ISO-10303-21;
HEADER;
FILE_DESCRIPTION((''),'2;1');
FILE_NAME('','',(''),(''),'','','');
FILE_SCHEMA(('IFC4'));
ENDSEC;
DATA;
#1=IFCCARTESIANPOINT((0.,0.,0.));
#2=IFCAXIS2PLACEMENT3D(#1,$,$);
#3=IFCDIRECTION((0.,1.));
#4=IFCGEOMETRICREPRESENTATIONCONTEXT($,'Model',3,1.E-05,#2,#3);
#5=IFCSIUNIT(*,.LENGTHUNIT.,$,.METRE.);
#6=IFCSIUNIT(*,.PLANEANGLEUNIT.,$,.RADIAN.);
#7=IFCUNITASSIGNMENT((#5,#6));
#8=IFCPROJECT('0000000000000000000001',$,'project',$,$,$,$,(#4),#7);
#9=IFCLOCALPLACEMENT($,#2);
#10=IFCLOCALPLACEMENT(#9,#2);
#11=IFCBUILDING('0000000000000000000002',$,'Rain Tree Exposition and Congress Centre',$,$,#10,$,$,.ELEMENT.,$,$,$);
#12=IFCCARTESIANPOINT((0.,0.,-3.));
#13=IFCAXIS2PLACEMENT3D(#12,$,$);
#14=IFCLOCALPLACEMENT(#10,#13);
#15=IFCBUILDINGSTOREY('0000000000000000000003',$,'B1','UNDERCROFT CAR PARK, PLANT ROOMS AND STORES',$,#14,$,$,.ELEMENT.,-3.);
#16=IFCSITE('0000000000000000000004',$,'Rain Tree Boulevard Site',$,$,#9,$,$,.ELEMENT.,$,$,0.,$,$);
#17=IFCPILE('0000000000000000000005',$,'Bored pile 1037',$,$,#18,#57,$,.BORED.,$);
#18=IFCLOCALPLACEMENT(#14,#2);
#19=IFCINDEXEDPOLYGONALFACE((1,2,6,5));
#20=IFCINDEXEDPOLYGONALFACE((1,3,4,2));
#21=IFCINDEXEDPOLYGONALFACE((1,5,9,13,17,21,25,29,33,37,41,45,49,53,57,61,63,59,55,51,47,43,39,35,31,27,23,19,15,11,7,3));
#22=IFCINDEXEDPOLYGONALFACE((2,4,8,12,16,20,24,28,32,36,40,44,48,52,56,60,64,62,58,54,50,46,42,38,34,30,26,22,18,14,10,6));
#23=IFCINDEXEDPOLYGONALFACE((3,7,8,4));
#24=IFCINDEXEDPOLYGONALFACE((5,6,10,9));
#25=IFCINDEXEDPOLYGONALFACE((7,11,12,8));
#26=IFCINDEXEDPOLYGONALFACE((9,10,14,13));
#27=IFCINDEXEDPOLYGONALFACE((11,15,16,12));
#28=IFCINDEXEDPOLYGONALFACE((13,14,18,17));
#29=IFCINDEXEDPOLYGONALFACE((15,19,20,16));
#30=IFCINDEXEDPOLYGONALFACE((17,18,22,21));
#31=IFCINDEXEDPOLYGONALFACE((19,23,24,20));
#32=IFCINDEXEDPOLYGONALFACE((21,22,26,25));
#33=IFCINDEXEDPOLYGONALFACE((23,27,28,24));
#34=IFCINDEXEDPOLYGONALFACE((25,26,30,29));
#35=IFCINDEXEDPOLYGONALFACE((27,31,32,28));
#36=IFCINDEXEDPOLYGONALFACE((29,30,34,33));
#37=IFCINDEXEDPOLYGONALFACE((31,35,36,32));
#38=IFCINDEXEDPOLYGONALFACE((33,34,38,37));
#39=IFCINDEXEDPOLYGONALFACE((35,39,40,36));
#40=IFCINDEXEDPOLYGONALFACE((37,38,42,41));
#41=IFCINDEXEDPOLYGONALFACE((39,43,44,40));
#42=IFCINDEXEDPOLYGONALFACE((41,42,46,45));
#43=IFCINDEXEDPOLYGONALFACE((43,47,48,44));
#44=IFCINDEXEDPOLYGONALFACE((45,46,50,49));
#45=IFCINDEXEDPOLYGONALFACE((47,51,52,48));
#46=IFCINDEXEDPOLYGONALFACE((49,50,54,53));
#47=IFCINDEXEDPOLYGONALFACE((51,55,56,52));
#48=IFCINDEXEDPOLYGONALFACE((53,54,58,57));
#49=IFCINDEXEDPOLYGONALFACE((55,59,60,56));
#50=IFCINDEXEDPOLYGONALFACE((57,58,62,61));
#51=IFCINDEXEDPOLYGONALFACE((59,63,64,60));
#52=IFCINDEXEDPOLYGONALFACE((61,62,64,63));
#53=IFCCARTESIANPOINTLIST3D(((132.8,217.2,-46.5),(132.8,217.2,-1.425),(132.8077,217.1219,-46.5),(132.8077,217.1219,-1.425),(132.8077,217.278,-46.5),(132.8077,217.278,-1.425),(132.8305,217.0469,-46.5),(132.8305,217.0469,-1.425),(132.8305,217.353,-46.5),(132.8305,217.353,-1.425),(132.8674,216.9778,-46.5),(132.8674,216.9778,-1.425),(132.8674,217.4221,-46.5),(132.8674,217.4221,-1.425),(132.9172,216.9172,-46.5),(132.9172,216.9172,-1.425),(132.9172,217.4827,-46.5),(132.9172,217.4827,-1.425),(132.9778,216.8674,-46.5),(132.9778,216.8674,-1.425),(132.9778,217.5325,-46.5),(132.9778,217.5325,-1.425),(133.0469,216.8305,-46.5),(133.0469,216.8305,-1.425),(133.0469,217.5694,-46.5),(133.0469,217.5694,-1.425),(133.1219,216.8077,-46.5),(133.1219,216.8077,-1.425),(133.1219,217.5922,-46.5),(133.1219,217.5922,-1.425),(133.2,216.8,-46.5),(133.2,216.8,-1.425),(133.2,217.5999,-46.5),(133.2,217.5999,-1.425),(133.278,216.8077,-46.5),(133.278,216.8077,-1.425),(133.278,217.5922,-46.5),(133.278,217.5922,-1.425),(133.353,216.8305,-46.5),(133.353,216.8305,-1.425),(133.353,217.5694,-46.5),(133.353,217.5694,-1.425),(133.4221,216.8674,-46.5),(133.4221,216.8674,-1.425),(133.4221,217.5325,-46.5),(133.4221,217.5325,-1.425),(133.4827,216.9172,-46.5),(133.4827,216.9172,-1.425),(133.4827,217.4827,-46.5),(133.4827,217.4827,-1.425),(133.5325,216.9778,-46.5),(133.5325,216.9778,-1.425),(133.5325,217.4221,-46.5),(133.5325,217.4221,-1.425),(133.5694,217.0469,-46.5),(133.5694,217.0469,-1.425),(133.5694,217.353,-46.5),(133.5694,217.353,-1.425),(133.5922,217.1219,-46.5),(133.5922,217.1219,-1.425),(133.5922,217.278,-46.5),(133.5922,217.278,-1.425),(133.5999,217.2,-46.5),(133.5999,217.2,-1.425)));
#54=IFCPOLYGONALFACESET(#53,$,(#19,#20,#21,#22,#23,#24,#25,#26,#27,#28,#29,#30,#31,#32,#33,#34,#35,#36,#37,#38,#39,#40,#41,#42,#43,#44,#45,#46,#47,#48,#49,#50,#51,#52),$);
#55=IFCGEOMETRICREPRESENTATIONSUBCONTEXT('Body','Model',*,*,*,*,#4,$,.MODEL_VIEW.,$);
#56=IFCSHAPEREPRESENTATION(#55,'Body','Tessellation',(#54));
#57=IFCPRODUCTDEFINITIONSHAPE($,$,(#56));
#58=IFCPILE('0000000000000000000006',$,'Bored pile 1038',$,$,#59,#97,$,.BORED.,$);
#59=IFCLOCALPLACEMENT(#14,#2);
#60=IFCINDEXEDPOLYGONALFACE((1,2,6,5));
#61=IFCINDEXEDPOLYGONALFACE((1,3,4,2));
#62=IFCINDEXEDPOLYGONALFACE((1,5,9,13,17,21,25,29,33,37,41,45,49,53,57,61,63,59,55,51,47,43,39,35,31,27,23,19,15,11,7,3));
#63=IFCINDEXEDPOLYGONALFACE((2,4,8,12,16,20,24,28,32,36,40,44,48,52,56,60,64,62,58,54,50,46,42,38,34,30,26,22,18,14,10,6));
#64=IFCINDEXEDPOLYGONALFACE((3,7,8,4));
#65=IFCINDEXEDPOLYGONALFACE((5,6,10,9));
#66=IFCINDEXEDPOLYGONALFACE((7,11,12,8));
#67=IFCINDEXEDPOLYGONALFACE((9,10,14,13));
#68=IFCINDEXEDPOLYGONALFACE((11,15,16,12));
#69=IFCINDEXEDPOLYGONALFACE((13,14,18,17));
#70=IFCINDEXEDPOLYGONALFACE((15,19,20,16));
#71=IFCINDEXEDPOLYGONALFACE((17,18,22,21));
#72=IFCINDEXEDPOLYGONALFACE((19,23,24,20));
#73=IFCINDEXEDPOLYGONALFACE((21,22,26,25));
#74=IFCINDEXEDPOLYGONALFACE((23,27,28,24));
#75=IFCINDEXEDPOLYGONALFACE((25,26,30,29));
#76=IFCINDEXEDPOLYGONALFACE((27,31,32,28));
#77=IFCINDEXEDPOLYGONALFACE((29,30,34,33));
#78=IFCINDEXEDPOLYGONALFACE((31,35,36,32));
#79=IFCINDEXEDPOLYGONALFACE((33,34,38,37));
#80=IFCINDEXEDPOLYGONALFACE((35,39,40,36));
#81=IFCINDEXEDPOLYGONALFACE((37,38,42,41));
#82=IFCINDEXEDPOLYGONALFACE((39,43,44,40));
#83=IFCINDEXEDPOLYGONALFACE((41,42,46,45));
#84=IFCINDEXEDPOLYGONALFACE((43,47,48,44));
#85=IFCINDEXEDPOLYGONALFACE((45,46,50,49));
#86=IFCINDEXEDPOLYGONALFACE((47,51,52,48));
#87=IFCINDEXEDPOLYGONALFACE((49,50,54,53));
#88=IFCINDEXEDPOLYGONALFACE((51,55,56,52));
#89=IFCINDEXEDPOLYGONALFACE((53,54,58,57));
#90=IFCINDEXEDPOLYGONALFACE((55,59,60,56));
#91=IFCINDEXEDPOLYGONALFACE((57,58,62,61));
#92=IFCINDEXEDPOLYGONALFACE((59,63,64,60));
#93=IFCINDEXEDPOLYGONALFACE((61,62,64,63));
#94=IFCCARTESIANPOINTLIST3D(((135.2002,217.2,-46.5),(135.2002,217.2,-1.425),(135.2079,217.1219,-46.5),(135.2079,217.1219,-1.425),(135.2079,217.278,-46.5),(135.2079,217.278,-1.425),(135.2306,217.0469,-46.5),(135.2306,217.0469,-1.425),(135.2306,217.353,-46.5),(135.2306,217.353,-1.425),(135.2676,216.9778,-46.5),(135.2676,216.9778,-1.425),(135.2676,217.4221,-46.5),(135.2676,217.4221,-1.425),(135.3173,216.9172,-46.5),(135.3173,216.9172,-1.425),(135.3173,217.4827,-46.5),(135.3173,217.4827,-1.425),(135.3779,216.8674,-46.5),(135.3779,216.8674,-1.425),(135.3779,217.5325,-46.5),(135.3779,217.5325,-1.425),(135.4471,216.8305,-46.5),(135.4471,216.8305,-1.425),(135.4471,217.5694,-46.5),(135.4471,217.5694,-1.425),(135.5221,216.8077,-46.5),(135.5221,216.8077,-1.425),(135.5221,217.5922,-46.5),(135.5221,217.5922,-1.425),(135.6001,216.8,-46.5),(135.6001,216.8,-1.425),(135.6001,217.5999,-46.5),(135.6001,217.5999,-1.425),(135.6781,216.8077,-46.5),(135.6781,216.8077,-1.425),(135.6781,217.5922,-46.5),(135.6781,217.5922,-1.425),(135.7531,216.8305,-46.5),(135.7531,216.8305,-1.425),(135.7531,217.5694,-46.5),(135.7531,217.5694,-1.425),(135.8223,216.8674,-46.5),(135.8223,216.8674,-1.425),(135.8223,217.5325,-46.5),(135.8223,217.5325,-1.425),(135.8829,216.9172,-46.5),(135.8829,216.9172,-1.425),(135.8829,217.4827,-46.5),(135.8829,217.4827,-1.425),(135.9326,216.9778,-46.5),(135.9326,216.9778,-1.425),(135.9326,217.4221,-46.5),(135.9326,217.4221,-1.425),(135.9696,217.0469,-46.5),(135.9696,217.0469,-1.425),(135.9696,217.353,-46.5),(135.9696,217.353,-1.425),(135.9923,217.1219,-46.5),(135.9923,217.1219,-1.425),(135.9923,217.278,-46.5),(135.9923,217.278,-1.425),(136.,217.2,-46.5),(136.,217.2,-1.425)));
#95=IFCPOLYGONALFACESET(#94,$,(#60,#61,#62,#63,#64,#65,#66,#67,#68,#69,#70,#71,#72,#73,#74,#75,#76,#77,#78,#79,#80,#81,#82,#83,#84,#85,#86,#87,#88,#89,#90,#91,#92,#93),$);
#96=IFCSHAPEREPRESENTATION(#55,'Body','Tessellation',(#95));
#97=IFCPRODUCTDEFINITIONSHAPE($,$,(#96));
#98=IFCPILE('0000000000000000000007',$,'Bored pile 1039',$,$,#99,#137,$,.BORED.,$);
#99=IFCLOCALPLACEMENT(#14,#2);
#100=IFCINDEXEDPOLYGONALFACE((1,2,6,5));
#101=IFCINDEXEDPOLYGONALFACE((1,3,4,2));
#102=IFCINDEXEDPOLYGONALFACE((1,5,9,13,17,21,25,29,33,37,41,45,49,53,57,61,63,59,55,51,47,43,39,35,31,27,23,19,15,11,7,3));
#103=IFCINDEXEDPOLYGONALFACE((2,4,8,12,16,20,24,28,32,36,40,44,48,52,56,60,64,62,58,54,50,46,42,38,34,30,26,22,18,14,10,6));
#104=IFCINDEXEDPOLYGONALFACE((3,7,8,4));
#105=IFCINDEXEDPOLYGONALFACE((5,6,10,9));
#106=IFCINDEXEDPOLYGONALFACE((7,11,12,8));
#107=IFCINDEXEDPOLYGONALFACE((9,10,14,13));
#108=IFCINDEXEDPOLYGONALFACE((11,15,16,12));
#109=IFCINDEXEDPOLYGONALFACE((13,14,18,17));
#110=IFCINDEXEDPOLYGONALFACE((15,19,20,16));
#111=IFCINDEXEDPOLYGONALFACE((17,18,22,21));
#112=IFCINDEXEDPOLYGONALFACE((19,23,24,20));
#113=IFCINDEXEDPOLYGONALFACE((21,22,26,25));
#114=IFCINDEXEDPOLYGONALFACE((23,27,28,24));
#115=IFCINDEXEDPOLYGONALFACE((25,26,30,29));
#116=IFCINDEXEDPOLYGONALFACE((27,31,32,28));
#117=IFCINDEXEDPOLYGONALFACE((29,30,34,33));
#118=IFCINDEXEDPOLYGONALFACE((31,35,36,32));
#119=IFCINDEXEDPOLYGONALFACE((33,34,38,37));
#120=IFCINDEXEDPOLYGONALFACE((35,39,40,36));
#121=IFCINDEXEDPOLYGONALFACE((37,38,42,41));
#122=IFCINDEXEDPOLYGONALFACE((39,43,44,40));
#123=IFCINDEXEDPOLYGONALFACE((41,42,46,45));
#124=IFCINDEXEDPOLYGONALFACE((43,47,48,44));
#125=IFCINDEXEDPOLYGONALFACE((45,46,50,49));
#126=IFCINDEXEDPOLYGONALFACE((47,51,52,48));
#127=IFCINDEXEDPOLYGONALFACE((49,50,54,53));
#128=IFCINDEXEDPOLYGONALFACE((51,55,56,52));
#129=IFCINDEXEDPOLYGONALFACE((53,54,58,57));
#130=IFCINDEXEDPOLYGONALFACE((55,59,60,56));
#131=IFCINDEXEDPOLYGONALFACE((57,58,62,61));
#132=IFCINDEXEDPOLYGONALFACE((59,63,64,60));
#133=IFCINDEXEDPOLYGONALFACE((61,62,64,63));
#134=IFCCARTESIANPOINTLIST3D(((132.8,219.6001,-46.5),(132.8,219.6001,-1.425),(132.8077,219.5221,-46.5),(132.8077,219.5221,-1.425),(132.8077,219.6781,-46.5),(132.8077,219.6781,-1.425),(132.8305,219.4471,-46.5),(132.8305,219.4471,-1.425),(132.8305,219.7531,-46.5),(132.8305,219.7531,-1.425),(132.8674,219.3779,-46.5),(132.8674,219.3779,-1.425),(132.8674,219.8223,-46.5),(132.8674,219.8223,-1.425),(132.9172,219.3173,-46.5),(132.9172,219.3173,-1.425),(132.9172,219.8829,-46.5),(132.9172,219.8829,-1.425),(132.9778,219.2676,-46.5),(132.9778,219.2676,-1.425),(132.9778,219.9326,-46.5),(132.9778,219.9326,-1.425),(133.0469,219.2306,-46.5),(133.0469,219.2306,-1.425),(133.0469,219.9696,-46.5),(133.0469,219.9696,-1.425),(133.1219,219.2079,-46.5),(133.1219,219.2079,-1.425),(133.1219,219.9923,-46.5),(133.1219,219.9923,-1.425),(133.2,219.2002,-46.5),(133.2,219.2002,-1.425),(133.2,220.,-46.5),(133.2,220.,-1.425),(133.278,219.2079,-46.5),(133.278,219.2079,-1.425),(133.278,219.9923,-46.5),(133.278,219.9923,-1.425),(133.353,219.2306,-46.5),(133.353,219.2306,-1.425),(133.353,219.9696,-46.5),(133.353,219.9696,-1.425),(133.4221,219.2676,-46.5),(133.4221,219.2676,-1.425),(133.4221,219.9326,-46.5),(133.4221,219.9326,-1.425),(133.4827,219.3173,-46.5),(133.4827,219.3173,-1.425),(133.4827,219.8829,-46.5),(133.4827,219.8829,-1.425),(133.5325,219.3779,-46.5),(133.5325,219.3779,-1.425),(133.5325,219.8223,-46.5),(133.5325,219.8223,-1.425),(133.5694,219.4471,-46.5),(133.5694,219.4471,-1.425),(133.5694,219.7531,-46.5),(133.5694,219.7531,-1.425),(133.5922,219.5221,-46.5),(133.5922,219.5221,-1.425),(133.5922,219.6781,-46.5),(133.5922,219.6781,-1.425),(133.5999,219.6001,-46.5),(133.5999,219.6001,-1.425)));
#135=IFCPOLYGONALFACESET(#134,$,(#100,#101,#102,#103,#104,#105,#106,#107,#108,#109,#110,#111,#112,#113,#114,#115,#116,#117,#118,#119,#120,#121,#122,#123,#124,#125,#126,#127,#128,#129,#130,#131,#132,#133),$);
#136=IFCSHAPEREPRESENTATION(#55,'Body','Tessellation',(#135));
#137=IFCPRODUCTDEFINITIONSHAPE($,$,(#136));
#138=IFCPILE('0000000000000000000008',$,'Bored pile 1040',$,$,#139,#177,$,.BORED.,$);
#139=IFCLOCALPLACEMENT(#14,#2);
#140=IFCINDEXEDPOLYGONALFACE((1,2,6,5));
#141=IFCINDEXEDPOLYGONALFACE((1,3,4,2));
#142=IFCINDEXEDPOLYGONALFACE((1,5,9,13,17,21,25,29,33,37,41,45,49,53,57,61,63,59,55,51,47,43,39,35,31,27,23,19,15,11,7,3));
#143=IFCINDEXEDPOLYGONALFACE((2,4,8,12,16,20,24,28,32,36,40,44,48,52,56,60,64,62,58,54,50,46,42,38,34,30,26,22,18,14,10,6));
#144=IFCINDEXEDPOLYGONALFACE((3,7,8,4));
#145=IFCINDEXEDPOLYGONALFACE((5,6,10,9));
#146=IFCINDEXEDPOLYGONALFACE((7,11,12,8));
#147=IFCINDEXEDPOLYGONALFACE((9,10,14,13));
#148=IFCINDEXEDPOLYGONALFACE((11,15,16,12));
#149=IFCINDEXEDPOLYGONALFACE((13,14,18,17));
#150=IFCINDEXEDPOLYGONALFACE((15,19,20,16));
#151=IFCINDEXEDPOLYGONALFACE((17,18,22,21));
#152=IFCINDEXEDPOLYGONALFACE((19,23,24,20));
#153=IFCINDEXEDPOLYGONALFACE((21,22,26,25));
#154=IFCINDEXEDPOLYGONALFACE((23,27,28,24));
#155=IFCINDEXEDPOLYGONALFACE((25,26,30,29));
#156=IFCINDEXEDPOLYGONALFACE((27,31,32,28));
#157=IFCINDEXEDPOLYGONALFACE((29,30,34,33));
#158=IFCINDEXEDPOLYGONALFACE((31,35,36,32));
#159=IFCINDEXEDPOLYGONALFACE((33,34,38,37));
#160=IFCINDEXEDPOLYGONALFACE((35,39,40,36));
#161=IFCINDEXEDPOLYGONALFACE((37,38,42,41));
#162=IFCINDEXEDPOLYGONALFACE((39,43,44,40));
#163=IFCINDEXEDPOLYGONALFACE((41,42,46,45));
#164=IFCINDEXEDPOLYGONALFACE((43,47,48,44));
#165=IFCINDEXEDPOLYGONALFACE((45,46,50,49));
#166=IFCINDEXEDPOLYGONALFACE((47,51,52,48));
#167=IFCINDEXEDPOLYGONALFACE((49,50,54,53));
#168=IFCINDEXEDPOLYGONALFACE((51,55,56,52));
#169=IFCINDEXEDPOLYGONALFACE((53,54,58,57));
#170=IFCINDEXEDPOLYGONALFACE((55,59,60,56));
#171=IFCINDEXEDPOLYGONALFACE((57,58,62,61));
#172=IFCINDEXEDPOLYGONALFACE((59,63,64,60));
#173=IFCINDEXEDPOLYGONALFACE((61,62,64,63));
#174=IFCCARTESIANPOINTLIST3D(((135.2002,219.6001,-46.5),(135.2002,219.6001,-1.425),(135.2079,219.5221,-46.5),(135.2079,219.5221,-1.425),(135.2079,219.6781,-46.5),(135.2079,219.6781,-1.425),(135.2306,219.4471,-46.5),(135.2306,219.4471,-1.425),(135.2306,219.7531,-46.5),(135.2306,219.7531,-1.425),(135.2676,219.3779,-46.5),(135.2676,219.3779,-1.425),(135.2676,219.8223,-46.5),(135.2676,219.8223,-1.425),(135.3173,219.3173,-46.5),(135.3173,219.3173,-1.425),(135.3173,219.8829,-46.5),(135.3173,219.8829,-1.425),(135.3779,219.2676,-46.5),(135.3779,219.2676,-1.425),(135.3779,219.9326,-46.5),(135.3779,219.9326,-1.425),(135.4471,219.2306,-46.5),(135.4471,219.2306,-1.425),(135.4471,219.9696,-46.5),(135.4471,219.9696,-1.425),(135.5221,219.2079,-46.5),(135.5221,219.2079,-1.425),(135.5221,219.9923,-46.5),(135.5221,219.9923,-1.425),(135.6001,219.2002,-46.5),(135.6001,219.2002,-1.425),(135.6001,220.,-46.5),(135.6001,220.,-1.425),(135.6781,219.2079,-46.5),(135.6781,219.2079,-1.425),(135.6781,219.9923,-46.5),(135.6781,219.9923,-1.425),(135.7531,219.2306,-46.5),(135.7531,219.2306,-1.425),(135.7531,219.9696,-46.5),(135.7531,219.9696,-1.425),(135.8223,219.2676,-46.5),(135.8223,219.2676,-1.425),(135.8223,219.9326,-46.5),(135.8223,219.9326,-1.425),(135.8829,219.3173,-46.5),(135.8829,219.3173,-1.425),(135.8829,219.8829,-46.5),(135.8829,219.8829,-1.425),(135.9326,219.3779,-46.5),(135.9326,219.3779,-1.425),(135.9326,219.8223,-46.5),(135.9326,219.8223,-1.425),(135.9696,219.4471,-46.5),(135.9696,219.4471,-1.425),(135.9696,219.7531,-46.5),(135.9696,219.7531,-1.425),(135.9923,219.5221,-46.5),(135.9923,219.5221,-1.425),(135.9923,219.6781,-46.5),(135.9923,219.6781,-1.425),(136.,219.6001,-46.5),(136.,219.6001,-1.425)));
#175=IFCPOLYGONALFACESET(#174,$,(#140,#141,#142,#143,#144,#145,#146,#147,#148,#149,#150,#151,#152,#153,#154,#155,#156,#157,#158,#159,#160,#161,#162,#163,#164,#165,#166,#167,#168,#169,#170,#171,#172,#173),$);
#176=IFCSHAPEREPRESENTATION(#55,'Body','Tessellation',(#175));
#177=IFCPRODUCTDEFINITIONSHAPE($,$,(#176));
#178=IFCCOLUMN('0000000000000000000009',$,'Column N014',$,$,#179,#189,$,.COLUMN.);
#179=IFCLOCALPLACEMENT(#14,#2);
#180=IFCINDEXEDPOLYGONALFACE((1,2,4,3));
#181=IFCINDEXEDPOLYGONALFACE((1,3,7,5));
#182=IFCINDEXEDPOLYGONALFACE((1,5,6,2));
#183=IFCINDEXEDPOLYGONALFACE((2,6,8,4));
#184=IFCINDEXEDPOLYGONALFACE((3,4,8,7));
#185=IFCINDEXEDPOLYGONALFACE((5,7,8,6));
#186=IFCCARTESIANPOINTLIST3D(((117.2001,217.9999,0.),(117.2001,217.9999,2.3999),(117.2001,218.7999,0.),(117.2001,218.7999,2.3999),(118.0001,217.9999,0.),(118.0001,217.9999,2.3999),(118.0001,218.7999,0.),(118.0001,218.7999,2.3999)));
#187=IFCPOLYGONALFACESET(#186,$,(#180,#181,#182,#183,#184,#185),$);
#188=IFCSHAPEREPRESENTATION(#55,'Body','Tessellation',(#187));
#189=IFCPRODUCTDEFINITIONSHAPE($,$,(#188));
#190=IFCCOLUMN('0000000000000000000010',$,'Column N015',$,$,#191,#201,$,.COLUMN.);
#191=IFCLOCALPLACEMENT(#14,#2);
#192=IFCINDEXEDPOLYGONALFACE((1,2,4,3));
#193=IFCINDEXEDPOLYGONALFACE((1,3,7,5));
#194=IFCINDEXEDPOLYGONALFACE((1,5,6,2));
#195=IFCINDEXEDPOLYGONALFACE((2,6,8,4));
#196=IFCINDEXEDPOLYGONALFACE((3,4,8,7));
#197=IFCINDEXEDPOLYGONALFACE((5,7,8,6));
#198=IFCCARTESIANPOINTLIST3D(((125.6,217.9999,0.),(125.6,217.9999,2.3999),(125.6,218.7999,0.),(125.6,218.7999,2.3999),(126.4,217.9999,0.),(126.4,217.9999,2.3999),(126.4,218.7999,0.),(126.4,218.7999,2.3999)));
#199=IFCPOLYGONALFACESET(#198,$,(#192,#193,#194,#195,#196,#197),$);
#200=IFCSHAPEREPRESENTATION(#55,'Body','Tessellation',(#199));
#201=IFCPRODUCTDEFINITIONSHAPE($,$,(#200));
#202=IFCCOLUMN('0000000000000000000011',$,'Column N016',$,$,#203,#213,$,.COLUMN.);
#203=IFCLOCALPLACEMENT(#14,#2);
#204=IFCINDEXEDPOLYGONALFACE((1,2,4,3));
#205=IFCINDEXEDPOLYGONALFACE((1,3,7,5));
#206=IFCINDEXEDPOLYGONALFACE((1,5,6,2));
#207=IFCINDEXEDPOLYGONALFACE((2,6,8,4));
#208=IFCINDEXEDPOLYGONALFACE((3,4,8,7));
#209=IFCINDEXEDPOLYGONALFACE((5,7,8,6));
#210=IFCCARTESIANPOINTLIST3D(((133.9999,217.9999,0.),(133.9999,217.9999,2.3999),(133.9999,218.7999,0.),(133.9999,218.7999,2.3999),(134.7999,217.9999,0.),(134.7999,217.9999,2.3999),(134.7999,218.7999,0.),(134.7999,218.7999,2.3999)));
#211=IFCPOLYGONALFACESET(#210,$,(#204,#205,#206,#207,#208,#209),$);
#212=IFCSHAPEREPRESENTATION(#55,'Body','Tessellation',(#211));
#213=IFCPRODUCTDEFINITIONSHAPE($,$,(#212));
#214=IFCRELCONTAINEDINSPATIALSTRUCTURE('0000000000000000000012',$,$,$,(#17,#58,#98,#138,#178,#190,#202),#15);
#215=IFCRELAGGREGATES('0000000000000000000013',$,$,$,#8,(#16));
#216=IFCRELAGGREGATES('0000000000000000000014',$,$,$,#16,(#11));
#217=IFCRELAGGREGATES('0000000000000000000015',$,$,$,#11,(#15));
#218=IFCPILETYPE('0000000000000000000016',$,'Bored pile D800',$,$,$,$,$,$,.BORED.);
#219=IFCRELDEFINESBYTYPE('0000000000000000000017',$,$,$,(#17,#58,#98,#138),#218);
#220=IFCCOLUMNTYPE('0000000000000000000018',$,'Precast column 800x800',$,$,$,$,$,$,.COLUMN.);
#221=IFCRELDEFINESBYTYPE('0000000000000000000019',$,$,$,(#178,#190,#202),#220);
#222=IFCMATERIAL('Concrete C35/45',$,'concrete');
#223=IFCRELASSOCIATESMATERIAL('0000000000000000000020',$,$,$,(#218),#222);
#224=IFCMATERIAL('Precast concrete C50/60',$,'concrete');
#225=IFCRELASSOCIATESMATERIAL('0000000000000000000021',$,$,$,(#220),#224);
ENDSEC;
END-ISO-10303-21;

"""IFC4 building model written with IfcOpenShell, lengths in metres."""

from ifc_helpers import new_model, si_unit, direction, frame, origin, origin_2d, place, context, subcontext, project, spatial, rectangle, circle, extrude, material, material_profile, profile_set, type_object, element, save


model = new_model("IFC4")

# Units and contexts
model_context = context("Model", 3, precision=1e-05, world=origin(), true_north=direction((0.0, 1.0)))
body_context = subcontext(model_context, "Body", "Model", "MODEL_VIEW")
ifc_project = project(units=[si_unit("LENGTHUNIT", "METRE"), si_unit("PLANEANGLEUNIT", "RADIAN")], contexts=[model_context])

# Site, building, storey
site_placement = place(None, origin())
site = spatial("IfcSite", under=ifc_project, at=site_placement, Name="Rain Tree Boulevard Site", CompositionType="ELEMENT", RefElevation=0.0)
building_placement = place(site_placement, origin())
building = spatial("IfcBuilding", under=site, at=building_placement, Name="Rain Tree Exposition and Congress Centre", CompositionType="ELEMENT")
storey_placement = place(building_placement, frame((0.0, 0.0, -3.0)))
storey = spatial("IfcBuildingStorey", under=building, at=storey_placement, Name="B1", Description="UNDERCROFT CAR PARK, PLANT ROOMS AND STORES", CompositionType="ELEMENT", Elevation=-3.0)

# Piles
ifc_material_1 = material(Name="Concrete C35/45", Category="concrete")
ifc_material_profile_1 = material_profile(ifc_material_1, circle(Radius=0.3999, at=origin_2d()), Name="D800")
ifc_profile_set_1 = profile_set([ifc_material_profile_1], Name="Concrete C35/45")
pile_type_1 = type_object("IfcPileType", Name="Bored pile D800", PredefinedType="BORED", material=ifc_profile_set_1)
for number, where, z_axis, x_axis, name in (
    (1, (133.2, 217.2, -1.425), (0.0, 0.0, -1.0), (1.0, 0.0, 0.0), "Bored pile 1037"),
    (2, (135.6001, 217.2, -1.425), (0.0, 0.0, -1.0), (1.0, 0.0, 0.0), "Bored pile 1038"),
    (3, (133.2, 219.6001, -1.425), (0.0, 0.0, -1.0), (1.0, 0.0, 0.0), "Bored pile 1039"),
    (4, (135.6001, 219.6001, -1.425), (0.0, 0.0, -1.0), (1.0, 0.0, 0.0), "Bored pile 1040"),
):
    element("IfcPile", number, at=place(storey_placement, frame(where, z_axis=z_axis, x_axis=x_axis)), inside=storey, type_object=pile_type_1, Name=name, PredefinedType="BORED", context=body_context, shape_type="SweptSolid", body=[
        extrude(circle(Radius=0.3999, at=origin_2d()), origin(), (0.0, 0.0, 1.0), 45.075),
    ])

# Columns
ifc_material_2 = material(Name="Precast concrete C50/60", Category="concrete")
ifc_material_profile_2 = material_profile(ifc_material_2, rectangle(XDim=0.8, YDim=0.8, at=origin_2d()), Name="RC 800x800")
ifc_profile_set_2 = profile_set([ifc_material_profile_2], Name="Precast concrete C50/60")
column_type = type_object("IfcColumnType", Name="Precast column 800x800", PredefinedType="COLUMN", material=ifc_profile_set_2)
for number, where, z_axis, x_axis, name in (
    (5, (117.6001, 218.3999, 0.0), (0.0, 0.0, 1.0), (1.0, 0.0, 0.0), "Column N014"),
    (6, (126.0, 218.3999, 0.0), (0.0, 0.0, 1.0), (1.0, 0.0, 0.0), "Column N015"),
    (7, (134.3999, 218.3999, 0.0), (0.0, 0.0, 1.0), (1.0, 0.0, 0.0), "Column N016"),
):
    element("IfcColumn", number, at=place(storey_placement, frame(where, z_axis=z_axis, x_axis=x_axis)), inside=storey, type_object=column_type, Name=name, PredefinedType="COLUMN", context=body_context, shape_type="SweptSolid", body=[
        extrude(rectangle(XDim=0.8, YDim=0.8, at=origin_2d()), origin(), (0.0, 0.0, 1.0), 2.3999),
    ])

save(model, "model.ifc")
